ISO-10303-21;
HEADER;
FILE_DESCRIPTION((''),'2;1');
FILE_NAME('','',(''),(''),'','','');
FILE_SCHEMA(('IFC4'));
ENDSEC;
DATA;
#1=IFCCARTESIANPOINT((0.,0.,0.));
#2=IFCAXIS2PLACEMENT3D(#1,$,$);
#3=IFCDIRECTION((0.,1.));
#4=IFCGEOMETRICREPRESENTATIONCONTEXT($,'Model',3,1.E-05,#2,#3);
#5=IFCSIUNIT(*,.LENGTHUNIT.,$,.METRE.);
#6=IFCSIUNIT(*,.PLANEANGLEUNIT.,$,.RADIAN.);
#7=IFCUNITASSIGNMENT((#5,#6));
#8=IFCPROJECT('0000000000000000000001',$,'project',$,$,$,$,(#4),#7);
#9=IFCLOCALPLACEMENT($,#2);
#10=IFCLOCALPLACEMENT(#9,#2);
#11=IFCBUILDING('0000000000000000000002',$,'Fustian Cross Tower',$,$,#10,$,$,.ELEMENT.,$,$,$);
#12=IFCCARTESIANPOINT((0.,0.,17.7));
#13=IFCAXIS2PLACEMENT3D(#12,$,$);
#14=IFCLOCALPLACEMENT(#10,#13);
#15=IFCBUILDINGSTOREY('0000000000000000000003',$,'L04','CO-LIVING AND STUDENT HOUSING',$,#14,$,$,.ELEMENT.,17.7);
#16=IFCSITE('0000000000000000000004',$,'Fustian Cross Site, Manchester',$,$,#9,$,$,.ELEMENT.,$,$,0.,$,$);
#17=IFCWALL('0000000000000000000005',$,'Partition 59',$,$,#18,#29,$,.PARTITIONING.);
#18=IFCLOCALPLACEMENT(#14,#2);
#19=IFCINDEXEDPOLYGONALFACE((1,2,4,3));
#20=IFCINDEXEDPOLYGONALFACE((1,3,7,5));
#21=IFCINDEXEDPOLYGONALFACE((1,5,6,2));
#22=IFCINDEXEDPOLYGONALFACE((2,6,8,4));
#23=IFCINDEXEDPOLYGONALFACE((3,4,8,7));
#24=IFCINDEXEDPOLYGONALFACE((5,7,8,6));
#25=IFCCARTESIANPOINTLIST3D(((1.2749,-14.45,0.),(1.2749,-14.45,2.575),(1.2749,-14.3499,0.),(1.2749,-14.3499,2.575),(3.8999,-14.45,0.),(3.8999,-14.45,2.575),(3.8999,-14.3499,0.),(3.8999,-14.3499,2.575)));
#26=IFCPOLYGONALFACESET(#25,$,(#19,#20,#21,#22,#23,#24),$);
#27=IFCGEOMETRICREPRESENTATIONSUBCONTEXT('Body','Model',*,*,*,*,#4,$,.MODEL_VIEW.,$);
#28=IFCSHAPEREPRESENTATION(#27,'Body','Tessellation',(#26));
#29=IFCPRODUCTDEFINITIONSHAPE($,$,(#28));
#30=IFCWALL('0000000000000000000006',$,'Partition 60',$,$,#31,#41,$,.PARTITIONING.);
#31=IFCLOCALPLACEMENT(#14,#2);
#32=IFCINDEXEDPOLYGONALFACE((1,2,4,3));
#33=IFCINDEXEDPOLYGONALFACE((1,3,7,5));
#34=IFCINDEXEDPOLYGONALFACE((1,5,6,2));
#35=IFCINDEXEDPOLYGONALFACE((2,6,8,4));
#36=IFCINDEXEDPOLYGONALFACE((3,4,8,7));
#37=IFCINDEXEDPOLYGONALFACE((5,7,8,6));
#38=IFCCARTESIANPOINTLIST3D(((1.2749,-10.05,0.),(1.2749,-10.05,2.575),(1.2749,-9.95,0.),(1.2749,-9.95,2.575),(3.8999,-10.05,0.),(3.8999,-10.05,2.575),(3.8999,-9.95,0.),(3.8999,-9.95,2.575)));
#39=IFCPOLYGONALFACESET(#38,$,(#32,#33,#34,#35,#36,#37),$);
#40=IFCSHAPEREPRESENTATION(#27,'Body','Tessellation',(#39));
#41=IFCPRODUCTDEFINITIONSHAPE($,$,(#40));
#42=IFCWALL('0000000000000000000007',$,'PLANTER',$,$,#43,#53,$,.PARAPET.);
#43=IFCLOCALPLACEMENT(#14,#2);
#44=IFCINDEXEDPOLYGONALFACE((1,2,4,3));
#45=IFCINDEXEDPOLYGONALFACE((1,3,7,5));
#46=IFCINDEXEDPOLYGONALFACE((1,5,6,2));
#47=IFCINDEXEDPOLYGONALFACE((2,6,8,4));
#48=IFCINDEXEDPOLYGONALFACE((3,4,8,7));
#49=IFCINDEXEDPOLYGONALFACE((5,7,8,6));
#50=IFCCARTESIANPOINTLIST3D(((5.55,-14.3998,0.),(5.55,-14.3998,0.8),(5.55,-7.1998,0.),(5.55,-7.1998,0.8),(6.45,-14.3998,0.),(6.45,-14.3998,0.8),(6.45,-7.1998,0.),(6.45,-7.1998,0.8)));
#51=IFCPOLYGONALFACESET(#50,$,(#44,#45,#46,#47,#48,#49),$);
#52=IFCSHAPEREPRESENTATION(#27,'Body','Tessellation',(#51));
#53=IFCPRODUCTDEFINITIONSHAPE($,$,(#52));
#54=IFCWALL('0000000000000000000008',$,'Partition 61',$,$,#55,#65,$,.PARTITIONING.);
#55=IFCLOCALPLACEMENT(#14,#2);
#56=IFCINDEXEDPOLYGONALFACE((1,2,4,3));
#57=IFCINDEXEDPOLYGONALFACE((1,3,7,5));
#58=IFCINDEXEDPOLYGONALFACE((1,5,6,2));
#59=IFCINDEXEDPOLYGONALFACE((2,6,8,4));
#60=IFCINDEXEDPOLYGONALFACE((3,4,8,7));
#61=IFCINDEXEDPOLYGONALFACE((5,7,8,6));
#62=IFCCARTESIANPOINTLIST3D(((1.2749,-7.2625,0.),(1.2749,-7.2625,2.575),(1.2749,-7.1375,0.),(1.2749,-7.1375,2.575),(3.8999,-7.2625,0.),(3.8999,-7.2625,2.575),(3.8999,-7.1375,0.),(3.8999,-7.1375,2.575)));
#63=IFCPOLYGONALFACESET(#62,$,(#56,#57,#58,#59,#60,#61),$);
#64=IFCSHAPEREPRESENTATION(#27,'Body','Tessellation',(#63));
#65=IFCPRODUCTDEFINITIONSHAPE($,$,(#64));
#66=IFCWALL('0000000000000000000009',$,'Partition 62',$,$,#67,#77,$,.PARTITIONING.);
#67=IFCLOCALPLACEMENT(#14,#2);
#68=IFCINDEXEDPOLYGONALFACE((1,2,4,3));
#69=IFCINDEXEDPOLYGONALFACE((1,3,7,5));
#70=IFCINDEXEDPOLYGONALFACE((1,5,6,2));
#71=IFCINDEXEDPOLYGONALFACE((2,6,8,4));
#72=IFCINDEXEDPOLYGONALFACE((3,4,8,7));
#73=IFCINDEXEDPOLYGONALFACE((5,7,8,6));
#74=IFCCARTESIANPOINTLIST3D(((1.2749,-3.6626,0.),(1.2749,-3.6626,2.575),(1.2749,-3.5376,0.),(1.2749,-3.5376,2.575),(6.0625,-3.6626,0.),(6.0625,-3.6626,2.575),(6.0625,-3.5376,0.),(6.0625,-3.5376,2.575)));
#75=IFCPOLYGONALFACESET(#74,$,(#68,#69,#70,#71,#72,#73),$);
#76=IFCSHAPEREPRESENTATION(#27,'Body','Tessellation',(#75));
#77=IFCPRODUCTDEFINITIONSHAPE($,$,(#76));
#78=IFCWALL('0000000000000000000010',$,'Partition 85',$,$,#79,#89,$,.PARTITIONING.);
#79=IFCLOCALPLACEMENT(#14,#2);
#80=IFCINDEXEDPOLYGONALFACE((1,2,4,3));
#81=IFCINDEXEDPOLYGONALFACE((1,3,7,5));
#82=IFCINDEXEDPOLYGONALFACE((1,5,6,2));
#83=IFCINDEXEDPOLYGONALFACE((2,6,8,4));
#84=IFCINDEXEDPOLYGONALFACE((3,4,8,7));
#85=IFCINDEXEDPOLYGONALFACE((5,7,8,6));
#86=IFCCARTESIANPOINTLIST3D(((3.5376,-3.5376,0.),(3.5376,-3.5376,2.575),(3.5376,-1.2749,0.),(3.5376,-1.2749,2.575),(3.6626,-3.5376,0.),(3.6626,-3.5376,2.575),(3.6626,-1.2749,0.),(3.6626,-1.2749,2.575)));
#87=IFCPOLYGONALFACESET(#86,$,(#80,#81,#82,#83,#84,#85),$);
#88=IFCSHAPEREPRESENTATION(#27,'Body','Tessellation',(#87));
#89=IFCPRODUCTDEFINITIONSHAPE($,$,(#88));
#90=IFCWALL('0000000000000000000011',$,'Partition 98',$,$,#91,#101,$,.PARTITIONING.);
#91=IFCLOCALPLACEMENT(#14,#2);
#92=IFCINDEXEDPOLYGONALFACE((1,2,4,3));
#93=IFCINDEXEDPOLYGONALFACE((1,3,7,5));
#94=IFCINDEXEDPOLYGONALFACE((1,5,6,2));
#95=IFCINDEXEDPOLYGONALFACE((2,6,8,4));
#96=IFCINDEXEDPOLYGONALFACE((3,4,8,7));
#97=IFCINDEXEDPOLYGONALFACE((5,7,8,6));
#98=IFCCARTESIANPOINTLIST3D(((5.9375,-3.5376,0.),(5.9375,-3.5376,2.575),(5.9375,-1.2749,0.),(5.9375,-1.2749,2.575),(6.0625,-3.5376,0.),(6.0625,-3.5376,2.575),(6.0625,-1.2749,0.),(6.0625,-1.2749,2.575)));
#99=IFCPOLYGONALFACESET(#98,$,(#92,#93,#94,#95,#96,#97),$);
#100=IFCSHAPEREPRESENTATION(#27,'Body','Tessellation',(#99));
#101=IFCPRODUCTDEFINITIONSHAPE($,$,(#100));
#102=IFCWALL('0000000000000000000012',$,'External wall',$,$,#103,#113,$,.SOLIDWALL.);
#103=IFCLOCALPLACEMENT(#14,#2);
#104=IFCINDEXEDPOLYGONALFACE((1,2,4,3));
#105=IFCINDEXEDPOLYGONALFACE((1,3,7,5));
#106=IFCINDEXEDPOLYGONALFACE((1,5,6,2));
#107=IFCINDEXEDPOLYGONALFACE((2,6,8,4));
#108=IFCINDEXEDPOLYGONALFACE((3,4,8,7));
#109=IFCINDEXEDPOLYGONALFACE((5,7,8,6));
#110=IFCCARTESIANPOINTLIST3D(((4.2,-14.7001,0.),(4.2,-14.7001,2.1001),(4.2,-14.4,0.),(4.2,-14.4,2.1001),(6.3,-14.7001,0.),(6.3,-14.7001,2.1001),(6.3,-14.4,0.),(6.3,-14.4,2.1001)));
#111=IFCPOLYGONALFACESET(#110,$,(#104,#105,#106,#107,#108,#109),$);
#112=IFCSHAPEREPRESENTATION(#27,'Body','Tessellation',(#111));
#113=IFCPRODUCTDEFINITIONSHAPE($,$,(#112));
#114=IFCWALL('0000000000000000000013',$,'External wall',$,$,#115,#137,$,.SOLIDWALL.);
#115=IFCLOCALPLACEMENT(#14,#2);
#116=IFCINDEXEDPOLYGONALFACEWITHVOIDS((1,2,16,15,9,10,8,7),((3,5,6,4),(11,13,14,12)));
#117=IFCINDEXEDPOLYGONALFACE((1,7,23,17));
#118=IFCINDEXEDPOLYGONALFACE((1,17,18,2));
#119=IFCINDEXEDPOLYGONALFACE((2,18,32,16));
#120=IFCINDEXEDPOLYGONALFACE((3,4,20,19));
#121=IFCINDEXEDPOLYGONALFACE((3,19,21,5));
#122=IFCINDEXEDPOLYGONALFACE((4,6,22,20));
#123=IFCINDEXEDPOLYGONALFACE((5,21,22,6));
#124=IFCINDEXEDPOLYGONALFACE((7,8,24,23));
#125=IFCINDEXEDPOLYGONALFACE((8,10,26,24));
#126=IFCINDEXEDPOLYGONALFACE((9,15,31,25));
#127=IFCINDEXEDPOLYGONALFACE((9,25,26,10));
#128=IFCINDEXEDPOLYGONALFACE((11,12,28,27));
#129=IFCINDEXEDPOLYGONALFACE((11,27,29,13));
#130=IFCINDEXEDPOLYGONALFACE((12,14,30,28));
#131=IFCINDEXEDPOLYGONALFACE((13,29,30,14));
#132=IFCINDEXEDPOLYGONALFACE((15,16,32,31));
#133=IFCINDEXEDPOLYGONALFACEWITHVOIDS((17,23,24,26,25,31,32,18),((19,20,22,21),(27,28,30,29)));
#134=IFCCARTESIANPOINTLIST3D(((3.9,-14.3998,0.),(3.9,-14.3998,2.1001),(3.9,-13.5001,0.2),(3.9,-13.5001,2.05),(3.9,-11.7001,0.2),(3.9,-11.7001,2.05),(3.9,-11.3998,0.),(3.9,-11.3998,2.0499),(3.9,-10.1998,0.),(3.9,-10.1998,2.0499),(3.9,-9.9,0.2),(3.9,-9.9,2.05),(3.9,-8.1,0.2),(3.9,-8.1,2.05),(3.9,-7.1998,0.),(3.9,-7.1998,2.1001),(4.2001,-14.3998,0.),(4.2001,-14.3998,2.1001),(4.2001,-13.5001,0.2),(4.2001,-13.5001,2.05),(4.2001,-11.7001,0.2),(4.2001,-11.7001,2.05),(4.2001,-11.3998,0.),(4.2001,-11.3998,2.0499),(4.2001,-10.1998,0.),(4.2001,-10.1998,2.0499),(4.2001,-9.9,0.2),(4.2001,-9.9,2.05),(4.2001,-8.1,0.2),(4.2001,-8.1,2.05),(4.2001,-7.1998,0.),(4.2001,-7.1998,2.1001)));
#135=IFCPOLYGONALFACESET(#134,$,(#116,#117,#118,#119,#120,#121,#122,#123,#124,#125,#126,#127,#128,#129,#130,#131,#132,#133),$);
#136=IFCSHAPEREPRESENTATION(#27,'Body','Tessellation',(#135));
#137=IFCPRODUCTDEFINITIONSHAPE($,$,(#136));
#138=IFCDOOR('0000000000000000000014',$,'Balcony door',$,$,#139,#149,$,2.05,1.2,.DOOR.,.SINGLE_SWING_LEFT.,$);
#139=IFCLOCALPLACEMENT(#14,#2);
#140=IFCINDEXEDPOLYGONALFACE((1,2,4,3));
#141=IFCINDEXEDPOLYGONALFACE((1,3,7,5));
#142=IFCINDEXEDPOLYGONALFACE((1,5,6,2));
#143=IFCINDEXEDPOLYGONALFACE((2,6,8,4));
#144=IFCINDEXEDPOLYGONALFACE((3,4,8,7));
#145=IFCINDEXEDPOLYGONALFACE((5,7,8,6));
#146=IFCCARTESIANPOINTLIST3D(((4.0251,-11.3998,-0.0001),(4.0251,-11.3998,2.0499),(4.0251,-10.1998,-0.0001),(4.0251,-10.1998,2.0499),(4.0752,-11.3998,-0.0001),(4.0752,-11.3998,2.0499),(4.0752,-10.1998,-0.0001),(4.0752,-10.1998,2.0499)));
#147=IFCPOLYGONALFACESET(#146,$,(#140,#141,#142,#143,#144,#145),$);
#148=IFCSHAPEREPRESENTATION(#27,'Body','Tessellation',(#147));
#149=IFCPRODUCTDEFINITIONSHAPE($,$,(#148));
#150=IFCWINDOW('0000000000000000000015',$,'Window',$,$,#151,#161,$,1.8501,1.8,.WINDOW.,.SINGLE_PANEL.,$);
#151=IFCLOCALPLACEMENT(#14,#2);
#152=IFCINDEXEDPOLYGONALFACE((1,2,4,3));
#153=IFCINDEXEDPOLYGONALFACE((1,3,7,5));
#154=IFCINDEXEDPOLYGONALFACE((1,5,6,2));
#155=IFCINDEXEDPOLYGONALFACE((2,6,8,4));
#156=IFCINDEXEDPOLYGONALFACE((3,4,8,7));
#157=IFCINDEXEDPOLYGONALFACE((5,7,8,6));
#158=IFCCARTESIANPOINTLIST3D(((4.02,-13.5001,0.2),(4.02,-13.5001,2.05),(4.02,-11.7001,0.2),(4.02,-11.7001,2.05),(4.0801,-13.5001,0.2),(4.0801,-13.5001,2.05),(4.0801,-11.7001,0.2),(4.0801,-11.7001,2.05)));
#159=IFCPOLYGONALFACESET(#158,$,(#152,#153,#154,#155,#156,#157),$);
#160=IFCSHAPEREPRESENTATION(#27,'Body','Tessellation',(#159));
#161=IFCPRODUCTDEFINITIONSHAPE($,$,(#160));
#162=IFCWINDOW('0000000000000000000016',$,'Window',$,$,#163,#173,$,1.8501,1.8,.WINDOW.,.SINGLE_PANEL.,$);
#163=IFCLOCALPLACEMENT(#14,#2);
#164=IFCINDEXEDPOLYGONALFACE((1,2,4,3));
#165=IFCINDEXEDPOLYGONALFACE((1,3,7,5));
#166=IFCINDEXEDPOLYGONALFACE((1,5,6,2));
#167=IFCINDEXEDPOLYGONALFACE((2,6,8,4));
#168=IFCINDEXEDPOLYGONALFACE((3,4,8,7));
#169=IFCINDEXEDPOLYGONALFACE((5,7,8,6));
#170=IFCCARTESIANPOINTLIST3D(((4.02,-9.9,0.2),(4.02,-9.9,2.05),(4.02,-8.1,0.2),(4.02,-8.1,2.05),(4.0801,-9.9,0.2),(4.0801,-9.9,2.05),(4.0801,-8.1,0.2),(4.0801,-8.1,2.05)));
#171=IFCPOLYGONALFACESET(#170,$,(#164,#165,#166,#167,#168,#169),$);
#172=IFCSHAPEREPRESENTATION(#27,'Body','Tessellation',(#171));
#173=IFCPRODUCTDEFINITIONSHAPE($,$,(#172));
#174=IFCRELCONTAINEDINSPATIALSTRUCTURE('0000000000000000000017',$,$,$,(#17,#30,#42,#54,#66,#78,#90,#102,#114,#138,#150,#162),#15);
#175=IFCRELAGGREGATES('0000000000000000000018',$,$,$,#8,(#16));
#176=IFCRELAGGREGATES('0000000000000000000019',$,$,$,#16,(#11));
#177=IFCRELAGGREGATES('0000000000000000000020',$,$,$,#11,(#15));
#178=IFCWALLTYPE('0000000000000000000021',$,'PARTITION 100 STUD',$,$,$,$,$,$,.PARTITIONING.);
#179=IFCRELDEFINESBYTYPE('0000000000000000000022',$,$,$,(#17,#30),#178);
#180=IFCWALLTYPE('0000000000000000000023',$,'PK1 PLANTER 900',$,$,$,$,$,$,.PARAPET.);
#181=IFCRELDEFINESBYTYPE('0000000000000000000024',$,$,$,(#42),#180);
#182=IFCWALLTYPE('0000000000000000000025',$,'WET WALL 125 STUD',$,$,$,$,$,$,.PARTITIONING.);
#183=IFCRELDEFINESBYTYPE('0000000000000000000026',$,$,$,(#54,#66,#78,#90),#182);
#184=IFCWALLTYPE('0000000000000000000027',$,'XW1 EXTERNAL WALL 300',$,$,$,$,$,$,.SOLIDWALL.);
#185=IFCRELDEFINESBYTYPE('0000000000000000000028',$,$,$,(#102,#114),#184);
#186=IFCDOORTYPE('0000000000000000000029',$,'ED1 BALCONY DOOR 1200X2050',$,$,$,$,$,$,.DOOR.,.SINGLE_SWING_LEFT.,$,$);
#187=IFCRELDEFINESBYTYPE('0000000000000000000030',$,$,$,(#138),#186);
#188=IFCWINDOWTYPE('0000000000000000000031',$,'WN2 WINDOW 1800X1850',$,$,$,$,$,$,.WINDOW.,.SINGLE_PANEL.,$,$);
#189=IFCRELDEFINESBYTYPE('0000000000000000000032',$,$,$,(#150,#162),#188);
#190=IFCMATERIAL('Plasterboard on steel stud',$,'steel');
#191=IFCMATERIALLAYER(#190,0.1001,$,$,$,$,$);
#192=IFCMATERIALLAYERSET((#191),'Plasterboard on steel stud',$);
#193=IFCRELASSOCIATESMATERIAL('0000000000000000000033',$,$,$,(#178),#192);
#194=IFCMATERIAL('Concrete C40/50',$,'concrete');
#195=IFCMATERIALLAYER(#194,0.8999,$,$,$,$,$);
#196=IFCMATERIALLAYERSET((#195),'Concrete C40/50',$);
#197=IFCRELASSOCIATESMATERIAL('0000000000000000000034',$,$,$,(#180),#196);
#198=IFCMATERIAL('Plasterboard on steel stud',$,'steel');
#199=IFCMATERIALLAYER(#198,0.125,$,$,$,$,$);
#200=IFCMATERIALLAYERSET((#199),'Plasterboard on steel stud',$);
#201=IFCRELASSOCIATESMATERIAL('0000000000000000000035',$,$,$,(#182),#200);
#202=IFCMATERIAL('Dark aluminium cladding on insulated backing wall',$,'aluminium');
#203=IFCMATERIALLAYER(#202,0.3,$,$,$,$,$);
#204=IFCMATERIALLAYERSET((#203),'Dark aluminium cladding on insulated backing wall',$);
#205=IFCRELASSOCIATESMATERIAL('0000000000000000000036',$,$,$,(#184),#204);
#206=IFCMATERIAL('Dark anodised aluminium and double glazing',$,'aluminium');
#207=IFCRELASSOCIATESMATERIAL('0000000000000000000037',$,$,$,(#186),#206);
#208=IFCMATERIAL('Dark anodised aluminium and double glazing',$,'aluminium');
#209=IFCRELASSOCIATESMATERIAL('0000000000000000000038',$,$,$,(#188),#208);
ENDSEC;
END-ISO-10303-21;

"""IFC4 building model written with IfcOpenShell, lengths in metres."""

from ifc_helpers import new_model, si_unit, direction, frame, frame_2d, origin, place, context, subcontext, project, spatial, rectangle, extrude, material, layer, layer_set, type_object, element, fill, save


model = new_model("IFC4")

# Units and contexts
model_context = context("Model", 3, precision=1e-05, world=origin(), true_north=direction((0.0, 1.0)))
body_context = subcontext(model_context, "Body", "Model", "MODEL_VIEW")
ifc_project = project(units=[si_unit("LENGTHUNIT", "METRE"), si_unit("PLANEANGLEUNIT", "RADIAN")], contexts=[model_context])

# Site, building, storey
site_placement = place(None, origin())
site = spatial("IfcSite", under=ifc_project, at=site_placement, Name="Fustian Cross Site, Manchester", CompositionType="ELEMENT", RefElevation=0.0)
building_placement = place(site_placement, origin())
building = spatial("IfcBuilding", under=site, at=building_placement, Name="Fustian Cross Tower", CompositionType="ELEMENT")
storey_placement = place(building_placement, frame((0.0, 0.0, 17.7)))
storey = spatial("IfcBuildingStorey", under=building, at=storey_placement, Name="L04", Description="CO-LIVING AND STUDENT HOUSING", CompositionType="ELEMENT", Elevation=17.7)

# Walls
ifc_material_1 = material(Name="Plasterboard on steel stud", Category="steel")
ifc_layer_1 = layer(ifc_material_1, 0.1001)
ifc_layer_set_1 = layer_set([ifc_layer_1], Name="Plasterboard on steel stud")
wall_type_1 = type_object("IfcWallType", Name="PARTITION 100 STUD", PredefinedType="PARTITIONING", material=ifc_layer_set_1)
for number, where, z_axis, x_axis, name in (
    (1, (1.2749, -14.3999, 0.0), (0.0, 0.0, 1.0), (1.0, 0.0, 0.0), "Partition 59"),
    (2, (1.2749, -10.0, 0.0), (0.0, 0.0, 1.0), (1.0, 0.0, 0.0), "Partition 60"),
):
    element("IfcWall", number, at=place(storey_placement, frame(where, z_axis=z_axis, x_axis=x_axis)), inside=storey, type_object=wall_type_1, Name=name, PredefinedType="PARTITIONING", context=body_context, shape_type="SweptSolid", body=[
        extrude(rectangle(XDim=2.625, YDim=0.1001, at=frame_2d((1.3125, 0.0))), origin(), (0.0, 0.0, 1.0), 2.575),
    ])
ifc_material_2 = material(Name="Concrete C40/50", Category="concrete")
ifc_layer_2 = layer(ifc_material_2, 0.8999)
ifc_layer_set_2 = layer_set([ifc_layer_2], Name="Concrete C40/50")
wall_type_2 = type_object("IfcWallType", Name="PK1 PLANTER 900", PredefinedType="PARAPET", material=ifc_layer_set_2)
wall_1_placement = place(storey_placement, frame((6.0, -14.3999, 0.0), z_axis=(0.0, 0.0, 1.0), x_axis=(0.0, 1.0, 0.0)))
element("IfcWall", 3, at=wall_1_placement, inside=storey, type_object=wall_type_2, Name="PLANTER", PredefinedType="PARAPET", context=body_context, shape_type="SweptSolid", body=[
    extrude(rectangle(XDim=7.2, YDim=0.8999, at=frame_2d((3.6001, 0.0))), origin(), (0.0, 0.0, 1.0), 0.8),
])
ifc_material_3 = material(Name="Plasterboard on steel stud", Category="steel")
ifc_layer_3 = layer(ifc_material_3, 0.125)
ifc_layer_set_3 = layer_set([ifc_layer_3], Name="Plasterboard on steel stud")
wall_type_3 = type_object("IfcWallType", Name="WET WALL 125 STUD", PredefinedType="PARTITIONING", material=ifc_layer_set_3)
wall_2_placement = place(storey_placement, frame((1.2749, -7.2, 0.0), z_axis=(0.0, 0.0, 1.0), x_axis=(1.0, 0.0, 0.0)))
element("IfcWall", 4, at=wall_2_placement, inside=storey, type_object=wall_type_3, Name="Partition 61", PredefinedType="PARTITIONING", context=body_context, shape_type="SweptSolid", body=[
    extrude(rectangle(XDim=2.625, YDim=0.125, at=frame_2d((1.3125, 0.0))), origin(), (0.0, 0.0, 1.0), 2.575),
])
wall_3_placement = place(storey_placement, frame((1.2749, -3.6001, 0.0), z_axis=(0.0, 0.0, 1.0), x_axis=(1.0, 0.0, 0.0)))
element("IfcWall", 5, at=wall_3_placement, inside=storey, type_object=wall_type_3, Name="Partition 62", PredefinedType="PARTITIONING", context=body_context, shape_type="SweptSolid", body=[
    extrude(rectangle(XDim=4.7876, YDim=0.125, at=frame_2d((2.3938, 0.0))), origin(), (0.0, 0.0, 1.0), 2.575),
])
for number, where, z_axis, x_axis, name in (
    (6, (3.6001, -3.5376, 0.0), (0.0, 0.0, 1.0), (0.0, 1.0, 0.0), "Partition 85"),
    (7, (6.0, -3.5376, 0.0), (0.0, 0.0, 1.0), (0.0, 1.0, 0.0), "Partition 98"),
):
    element("IfcWall", number, at=place(storey_placement, frame(where, z_axis=z_axis, x_axis=x_axis)), inside=storey, type_object=wall_type_3, Name=name, PredefinedType="PARTITIONING", context=body_context, shape_type="SweptSolid", body=[
        extrude(rectangle(XDim=2.2627, YDim=0.125, at=frame_2d((1.1313, 0.0))), origin(), (0.0, 0.0, 1.0), 2.575),
    ])
ifc_material_4 = material(Name="Dark aluminium cladding on insulated backing wall", Category="aluminium")
ifc_layer_4 = layer(ifc_material_4, 0.3)
ifc_layer_set_4 = layer_set([ifc_layer_4], Name="Dark aluminium cladding on insulated backing wall")
wall_type_4 = type_object("IfcWallType", Name="XW1 EXTERNAL WALL 300", PredefinedType="SOLIDWALL", material=ifc_layer_set_4)
wall_4_placement = place(storey_placement, frame((6.3, -14.55, 0.0), z_axis=(0.0, 0.0, 1.0), x_axis=(-1.0, 0.0, 0.0)))
element("IfcWall", 8, at=wall_4_placement, inside=storey, type_object=wall_type_4, Name="External wall", PredefinedType="SOLIDWALL", context=body_context, shape_type="SweptSolid", body=[
    extrude(rectangle(XDim=2.1001, YDim=0.3, at=frame_2d((1.05, 0.0))), origin(), (0.0, 0.0, 1.0), 2.1001),
])

# Wall, openings, door, windows
wall_5_placement = place(storey_placement, frame((4.05, -14.3999, 0.0), z_axis=(0.0, 0.0, 1.0), x_axis=(0.0, 1.0, 0.0)))
wall_5 = element("IfcWall", 9, at=wall_5_placement, inside=storey, type_object=wall_type_4, Name="External wall", PredefinedType="SOLIDWALL", context=body_context, shape_type="SweptSolid", body=[
    extrude(rectangle(XDim=7.2, YDim=0.3, at=frame_2d((3.6001, 0.0))), origin(), (0.0, 0.0, 1.0), 2.1001),
])
opening_1_placement = place(wall_5_placement, frame((3.0, 0.0, 0.0)))
opening_1 = element("IfcOpeningElement", 10, at=opening_1_placement, cuts=wall_5, PredefinedType="OPENING", context=body_context, shape_type="SweptSolid", body=[
    extrude(rectangle(XDim=1.2, YDim=2.05, at=frame_2d((0.6001, 1.0249))), frame((0.0, 0.1599, 0.0), z_axis=(0.0, -1.0, 0.0), x_axis=(1.0, 0.0, 0.0)), (0.0, 0.0, 1.0), 0.3201),
])
opening_2_placement = place(wall_5_placement, frame((0.8999, 0.0, 0.2)))
opening_2 = element("IfcOpeningElement", 11, at=opening_2_placement, cuts=wall_5, PredefinedType="OPENING", context=body_context, shape_type="SweptSolid", body=[
    extrude(rectangle(XDim=1.8, YDim=1.8501, at=frame_2d((0.8999, 0.925))), frame((0.0, 0.1599, 0.0), z_axis=(0.0, -1.0, 0.0), x_axis=(1.0, 0.0, 0.0)), (0.0, 0.0, 1.0), 0.3201),
])
opening_3_placement = place(wall_5_placement, frame((4.5, 0.0, 0.2)))
opening_3 = element("IfcOpeningElement", 12, at=opening_3_placement, cuts=wall_5, PredefinedType="OPENING", context=body_context, shape_type="SweptSolid", body=[
    extrude(rectangle(XDim=1.8, YDim=1.8501, at=frame_2d((0.8999, 0.925))), frame((0.0, 0.1599, 0.0), z_axis=(0.0, -1.0, 0.0), x_axis=(1.0, 0.0, 0.0)), (0.0, 0.0, 1.0), 0.3201),
])
ifc_material_5 = material(Name="Dark anodised aluminium and double glazing", Category="aluminium")
door_type_1 = type_object("IfcDoorType", Name="ED1 BALCONY DOOR 1200X2050", OperationType="SINGLE_SWING_LEFT", PredefinedType="DOOR", material=ifc_material_5)
door_1_placement = place(opening_1_placement, origin())
door_1 = element("IfcDoor", 13, at=door_1_placement, inside=storey, type_object=door_type_1, Name="Balcony door", OperationType="SINGLE_SWING_LEFT", OverallHeight=2.05, OverallWidth=1.2, PredefinedType="DOOR", context=body_context, shape_type="SweptSolid", body=[
    extrude(rectangle(XDim=1.2, YDim=2.05, at=frame_2d((0.6001, 1.0249))), frame((0.0, 0.0249, 0.0), z_axis=(0.0, -1.0, 0.0), x_axis=(1.0, 0.0, 0.0)), (0.0, 0.0, 1.0), 0.05),
])
fill(opening_1, door_1)
ifc_material_6 = material(Name="Dark anodised aluminium and double glazing", Category="aluminium")
window_type = type_object("IfcWindowType", Name="WN2 WINDOW 1800X1850", PartitioningType="SINGLE_PANEL", PredefinedType="WINDOW", material=ifc_material_6)
window_1_placement = place(opening_2_placement, origin())
window_1 = element("IfcWindow", 14, at=window_1_placement, inside=storey, type_object=window_type, Name="Window", OverallHeight=1.8501, OverallWidth=1.8, PartitioningType="SINGLE_PANEL", PredefinedType="WINDOW", context=body_context, shape_type="SweptSolid", body=[
    extrude(rectangle(XDim=1.8, YDim=1.8501, at=frame_2d((0.8999, 0.925))), frame((0.0, 0.03, 0.0), z_axis=(0.0, -1.0, 0.0), x_axis=(1.0, 0.0, 0.0)), (0.0, 0.0, 1.0), 0.0601),
])
fill(opening_2, window_1)
window_2_placement = place(opening_3_placement, origin())
window_2 = element("IfcWindow", 15, at=window_2_placement, inside=storey, type_object=window_type, Name="Window", OverallHeight=1.8501, OverallWidth=1.8, PartitioningType="SINGLE_PANEL", PredefinedType="WINDOW", context=body_context, shape_type="SweptSolid", body=[
    extrude(rectangle(XDim=1.8, YDim=1.8501, at=frame_2d((0.8999, 0.925))), frame((0.0, 0.03, 0.0), z_axis=(0.0, -1.0, 0.0), x_axis=(1.0, 0.0, 0.0)), (0.0, 0.0, 1.0), 0.0601),
])
fill(opening_3, window_2)

save(model, "model.ifc")
